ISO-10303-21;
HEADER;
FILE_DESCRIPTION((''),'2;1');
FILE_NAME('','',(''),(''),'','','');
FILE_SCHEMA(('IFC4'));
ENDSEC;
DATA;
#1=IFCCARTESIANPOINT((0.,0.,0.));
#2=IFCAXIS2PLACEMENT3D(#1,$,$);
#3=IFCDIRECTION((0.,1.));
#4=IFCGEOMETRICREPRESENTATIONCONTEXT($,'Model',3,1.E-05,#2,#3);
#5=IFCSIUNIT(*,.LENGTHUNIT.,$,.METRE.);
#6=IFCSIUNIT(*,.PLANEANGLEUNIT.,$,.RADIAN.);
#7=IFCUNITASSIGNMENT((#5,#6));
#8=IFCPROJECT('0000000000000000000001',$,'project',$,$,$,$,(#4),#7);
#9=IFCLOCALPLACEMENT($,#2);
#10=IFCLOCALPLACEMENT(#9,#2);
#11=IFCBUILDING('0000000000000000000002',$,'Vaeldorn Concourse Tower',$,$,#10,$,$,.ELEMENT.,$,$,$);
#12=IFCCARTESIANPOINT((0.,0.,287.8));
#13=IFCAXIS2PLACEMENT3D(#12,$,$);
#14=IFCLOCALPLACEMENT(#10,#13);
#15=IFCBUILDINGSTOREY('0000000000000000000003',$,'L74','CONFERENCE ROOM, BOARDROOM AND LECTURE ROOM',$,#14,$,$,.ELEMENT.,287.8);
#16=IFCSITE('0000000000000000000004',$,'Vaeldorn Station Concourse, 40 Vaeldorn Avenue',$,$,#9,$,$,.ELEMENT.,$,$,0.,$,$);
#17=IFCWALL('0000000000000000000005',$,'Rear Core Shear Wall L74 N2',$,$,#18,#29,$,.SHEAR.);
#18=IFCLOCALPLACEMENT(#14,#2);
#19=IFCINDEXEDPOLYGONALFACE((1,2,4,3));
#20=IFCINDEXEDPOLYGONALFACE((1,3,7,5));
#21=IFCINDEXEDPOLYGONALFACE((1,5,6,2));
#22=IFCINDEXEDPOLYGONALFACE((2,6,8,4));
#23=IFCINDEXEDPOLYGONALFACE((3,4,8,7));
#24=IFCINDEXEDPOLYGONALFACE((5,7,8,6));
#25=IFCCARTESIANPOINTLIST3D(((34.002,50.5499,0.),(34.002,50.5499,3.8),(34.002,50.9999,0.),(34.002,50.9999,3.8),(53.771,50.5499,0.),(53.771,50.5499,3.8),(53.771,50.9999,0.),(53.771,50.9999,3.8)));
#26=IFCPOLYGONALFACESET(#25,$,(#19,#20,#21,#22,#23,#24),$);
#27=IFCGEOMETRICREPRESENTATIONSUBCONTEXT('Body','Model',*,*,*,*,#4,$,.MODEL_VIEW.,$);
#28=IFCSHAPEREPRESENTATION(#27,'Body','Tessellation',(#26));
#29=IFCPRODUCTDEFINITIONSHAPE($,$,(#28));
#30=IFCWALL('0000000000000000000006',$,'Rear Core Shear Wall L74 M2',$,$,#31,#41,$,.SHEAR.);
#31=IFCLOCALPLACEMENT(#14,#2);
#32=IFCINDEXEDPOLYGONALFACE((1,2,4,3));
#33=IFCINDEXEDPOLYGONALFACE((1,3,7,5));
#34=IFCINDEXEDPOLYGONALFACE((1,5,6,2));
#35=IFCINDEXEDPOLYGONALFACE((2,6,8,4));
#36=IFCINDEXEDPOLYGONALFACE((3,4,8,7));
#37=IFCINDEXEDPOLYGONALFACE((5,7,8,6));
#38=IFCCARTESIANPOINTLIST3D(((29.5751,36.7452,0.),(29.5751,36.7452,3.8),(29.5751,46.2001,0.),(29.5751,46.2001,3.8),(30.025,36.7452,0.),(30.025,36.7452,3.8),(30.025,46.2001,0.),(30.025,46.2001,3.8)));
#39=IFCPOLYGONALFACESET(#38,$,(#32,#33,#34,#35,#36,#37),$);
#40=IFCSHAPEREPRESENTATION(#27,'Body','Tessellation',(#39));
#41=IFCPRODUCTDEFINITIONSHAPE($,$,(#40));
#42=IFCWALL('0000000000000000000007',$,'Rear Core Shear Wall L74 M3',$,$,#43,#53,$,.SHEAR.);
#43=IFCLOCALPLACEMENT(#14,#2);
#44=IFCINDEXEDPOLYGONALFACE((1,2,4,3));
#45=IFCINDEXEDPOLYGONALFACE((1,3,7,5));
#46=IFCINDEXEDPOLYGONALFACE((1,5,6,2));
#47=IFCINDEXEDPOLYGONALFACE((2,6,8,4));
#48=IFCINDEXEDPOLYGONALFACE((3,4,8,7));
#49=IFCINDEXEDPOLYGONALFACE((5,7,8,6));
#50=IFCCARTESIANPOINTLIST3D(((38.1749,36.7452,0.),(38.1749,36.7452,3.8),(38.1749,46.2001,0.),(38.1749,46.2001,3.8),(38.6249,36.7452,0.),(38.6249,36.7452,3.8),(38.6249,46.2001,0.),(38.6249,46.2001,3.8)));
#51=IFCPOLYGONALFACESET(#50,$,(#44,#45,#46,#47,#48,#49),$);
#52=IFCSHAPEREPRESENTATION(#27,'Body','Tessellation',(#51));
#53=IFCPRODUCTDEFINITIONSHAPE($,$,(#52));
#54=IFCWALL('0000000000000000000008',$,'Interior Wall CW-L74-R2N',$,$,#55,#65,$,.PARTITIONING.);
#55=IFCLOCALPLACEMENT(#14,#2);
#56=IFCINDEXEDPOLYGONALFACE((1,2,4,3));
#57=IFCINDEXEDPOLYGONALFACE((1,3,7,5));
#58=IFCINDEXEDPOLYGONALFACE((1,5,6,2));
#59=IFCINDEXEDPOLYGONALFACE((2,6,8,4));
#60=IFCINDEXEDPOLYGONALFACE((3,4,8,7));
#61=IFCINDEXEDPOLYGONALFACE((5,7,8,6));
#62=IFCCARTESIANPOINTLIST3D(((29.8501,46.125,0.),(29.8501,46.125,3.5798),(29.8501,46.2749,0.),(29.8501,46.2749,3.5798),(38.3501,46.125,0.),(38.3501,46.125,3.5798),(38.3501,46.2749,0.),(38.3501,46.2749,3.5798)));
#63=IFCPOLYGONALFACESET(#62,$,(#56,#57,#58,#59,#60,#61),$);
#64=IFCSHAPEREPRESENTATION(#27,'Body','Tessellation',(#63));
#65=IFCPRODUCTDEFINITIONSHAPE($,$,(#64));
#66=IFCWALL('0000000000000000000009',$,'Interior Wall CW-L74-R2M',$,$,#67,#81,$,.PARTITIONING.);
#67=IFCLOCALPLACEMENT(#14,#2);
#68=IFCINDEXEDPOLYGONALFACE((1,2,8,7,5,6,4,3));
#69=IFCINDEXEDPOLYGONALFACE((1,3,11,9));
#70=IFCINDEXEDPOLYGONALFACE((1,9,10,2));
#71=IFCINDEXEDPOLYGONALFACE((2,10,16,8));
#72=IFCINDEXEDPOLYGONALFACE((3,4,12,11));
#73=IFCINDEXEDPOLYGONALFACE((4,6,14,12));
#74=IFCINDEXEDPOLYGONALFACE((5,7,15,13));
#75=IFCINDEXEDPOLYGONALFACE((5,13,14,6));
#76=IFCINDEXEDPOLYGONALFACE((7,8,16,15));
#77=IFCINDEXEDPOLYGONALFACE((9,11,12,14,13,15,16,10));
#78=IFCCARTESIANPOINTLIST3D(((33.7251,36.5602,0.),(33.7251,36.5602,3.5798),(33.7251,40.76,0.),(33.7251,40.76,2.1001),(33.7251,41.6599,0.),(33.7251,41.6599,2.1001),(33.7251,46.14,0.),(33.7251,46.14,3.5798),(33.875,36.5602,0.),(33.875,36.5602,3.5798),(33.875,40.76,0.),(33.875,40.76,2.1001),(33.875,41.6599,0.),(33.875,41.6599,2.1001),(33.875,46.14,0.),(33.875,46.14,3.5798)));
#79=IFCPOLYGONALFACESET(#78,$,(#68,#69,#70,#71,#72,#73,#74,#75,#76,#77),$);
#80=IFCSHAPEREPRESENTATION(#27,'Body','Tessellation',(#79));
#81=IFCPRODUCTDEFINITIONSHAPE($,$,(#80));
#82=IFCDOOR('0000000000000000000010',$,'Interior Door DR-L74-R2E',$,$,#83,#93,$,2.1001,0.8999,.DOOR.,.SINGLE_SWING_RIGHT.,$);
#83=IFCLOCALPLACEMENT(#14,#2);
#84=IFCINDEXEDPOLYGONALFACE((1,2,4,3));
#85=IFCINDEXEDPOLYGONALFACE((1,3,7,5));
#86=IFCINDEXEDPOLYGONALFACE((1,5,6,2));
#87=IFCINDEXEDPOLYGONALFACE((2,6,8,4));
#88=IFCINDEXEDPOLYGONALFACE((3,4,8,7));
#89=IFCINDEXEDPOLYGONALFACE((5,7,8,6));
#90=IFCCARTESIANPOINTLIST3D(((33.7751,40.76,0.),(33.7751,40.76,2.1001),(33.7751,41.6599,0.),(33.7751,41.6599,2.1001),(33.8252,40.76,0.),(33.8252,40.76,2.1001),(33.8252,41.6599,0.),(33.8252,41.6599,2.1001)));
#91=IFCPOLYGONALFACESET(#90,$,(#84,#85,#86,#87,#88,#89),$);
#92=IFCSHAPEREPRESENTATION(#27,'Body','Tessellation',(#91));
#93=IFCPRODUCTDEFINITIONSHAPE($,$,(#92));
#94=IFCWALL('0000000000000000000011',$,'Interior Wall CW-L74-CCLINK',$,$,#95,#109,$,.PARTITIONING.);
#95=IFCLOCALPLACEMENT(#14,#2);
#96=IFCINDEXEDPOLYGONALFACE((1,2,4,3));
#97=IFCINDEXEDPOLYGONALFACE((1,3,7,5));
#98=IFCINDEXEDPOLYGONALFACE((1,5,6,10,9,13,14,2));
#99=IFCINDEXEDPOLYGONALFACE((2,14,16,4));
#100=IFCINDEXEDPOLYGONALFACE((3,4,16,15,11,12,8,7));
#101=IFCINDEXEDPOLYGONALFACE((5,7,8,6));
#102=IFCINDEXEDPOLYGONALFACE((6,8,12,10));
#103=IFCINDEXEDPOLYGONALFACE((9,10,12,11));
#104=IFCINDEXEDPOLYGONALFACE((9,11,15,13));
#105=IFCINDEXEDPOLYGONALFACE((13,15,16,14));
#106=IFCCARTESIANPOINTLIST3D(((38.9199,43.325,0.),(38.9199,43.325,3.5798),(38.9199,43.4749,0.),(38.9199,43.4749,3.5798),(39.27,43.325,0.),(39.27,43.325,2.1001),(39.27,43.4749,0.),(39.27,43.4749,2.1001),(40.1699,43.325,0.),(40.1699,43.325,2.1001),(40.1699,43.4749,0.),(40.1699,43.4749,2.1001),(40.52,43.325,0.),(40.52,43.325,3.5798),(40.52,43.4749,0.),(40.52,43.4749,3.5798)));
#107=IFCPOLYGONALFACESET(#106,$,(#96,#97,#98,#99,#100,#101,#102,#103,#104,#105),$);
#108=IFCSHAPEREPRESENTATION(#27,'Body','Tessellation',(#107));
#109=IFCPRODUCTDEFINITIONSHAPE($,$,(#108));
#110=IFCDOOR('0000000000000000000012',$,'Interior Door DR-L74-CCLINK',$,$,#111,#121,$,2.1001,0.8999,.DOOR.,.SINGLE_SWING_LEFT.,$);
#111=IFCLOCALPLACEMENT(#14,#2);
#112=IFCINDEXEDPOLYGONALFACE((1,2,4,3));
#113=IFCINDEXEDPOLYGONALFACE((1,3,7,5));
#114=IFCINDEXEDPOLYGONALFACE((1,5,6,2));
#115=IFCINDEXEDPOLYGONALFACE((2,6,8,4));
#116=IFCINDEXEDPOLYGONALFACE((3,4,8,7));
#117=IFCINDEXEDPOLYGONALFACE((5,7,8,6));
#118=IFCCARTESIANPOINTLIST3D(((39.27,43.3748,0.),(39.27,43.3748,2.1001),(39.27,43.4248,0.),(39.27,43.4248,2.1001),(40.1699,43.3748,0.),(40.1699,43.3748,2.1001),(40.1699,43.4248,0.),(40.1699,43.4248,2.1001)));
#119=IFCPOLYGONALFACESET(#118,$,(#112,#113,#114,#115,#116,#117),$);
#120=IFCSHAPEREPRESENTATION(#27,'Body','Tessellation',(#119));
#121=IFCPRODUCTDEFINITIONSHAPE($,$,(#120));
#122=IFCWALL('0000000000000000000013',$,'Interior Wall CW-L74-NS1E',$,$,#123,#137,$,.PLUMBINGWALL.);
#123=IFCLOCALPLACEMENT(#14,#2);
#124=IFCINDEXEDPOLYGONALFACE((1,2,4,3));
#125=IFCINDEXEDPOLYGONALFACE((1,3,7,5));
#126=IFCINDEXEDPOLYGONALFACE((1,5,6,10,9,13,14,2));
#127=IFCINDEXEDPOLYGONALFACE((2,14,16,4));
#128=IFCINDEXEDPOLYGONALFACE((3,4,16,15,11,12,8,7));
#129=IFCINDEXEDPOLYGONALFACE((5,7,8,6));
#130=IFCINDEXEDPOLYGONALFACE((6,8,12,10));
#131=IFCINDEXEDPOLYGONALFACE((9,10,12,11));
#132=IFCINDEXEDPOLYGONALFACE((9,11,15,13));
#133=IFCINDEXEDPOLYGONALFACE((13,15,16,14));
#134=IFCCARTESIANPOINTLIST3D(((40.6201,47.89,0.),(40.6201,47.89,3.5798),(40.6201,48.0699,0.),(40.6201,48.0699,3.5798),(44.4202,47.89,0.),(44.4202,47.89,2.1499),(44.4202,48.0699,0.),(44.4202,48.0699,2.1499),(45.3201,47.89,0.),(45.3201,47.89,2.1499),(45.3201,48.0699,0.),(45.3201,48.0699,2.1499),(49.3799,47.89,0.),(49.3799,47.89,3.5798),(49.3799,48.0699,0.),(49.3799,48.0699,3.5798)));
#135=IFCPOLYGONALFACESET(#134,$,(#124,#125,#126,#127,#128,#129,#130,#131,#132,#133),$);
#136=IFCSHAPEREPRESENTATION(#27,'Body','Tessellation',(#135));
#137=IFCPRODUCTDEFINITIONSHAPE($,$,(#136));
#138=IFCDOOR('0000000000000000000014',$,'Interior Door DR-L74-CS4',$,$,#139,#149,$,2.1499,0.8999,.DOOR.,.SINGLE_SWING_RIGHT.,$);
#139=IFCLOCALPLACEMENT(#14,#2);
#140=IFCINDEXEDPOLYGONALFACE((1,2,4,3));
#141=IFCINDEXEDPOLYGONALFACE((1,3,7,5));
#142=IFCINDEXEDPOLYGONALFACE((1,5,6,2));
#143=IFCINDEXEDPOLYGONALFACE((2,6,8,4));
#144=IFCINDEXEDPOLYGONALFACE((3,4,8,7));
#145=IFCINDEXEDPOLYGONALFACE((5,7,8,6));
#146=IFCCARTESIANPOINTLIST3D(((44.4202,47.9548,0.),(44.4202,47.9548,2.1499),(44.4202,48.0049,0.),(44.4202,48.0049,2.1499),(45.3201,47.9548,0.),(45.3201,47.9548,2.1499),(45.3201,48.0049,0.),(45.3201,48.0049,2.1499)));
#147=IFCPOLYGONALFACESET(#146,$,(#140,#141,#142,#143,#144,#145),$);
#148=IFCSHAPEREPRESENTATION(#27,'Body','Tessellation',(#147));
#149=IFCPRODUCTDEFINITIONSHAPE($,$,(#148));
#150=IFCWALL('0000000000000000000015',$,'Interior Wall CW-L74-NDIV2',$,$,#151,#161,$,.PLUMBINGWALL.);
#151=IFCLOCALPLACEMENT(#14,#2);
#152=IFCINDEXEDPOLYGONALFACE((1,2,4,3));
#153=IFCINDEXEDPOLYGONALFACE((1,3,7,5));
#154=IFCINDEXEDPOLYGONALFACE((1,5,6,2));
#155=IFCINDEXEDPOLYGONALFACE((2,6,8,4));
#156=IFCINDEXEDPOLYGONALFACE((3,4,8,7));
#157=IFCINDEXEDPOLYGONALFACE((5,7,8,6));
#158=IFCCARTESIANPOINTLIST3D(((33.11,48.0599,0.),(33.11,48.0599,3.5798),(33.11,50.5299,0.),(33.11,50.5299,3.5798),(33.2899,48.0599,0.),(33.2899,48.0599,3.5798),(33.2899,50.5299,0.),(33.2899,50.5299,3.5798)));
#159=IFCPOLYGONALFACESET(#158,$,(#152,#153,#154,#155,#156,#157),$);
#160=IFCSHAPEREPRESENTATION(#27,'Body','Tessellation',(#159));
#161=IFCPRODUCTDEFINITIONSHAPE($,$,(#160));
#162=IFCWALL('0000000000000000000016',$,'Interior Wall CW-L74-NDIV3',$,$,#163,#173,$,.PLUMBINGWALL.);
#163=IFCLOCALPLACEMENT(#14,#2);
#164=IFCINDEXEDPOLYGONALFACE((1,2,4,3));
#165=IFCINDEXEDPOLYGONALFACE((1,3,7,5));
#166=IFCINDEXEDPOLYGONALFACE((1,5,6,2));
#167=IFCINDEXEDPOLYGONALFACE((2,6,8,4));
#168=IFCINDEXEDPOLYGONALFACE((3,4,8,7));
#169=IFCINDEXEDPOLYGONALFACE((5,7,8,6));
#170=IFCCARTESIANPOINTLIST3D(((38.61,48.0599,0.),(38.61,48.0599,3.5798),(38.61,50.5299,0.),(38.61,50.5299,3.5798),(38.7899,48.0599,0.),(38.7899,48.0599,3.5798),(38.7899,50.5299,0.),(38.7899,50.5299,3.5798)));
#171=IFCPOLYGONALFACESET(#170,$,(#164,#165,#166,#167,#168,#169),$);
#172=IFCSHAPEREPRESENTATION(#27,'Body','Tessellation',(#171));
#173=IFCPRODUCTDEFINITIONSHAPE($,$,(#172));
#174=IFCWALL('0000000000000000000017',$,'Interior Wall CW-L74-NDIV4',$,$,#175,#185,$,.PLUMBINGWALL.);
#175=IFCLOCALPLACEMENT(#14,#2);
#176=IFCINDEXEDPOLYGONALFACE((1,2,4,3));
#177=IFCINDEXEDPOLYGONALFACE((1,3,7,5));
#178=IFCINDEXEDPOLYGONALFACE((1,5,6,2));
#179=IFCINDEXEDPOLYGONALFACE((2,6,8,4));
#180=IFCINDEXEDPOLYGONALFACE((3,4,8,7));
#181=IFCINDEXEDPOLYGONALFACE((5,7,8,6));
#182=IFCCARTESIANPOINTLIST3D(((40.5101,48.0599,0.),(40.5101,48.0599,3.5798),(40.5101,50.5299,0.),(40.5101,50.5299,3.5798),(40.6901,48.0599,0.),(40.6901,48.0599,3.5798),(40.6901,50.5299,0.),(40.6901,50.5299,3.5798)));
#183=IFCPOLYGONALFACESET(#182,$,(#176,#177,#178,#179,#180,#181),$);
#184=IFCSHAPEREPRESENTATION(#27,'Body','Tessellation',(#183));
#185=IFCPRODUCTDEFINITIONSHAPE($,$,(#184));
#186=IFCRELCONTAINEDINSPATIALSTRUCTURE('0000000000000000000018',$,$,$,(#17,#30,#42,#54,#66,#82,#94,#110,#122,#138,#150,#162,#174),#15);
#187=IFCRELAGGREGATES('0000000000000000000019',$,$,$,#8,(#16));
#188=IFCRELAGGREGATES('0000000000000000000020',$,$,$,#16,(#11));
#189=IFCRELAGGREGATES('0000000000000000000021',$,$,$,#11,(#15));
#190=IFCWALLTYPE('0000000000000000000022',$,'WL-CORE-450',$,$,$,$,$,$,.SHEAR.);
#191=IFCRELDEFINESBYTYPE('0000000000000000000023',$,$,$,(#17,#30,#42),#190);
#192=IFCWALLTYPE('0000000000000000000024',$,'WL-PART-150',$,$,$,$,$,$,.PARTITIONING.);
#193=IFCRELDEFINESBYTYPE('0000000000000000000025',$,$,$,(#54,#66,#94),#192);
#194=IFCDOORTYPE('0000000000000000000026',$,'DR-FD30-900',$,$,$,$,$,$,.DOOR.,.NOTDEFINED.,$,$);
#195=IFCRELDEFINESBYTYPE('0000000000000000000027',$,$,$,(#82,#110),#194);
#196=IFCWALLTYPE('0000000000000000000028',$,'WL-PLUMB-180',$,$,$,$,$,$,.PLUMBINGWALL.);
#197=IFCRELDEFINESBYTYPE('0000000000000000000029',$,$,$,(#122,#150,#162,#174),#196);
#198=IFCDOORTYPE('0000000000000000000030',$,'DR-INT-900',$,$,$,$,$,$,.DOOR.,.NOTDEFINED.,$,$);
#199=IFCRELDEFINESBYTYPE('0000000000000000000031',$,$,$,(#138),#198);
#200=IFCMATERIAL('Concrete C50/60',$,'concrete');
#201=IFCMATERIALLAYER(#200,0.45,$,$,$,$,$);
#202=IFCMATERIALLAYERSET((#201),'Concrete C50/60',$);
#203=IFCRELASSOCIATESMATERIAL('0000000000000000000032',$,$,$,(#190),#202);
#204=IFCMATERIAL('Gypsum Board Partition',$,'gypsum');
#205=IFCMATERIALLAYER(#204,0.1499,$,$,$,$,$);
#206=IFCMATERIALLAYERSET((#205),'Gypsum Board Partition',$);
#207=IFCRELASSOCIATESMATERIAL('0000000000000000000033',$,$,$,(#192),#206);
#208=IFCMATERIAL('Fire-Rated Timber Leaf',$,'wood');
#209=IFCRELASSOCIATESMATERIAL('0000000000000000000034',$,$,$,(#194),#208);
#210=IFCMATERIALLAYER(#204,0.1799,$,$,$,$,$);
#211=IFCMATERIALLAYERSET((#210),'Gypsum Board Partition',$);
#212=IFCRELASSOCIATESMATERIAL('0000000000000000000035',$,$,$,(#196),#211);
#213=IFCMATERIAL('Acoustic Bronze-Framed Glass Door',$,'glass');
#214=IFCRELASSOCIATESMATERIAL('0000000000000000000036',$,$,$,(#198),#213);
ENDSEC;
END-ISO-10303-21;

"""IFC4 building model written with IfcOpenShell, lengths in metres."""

from ifc_helpers import new_model, si_unit, direction, frame, frame_2d, origin, place, context, subcontext, project, spatial, rectangle, extrude, source, transform, mapped, material, layer, layer_set, type_object, element, fill, save


model = new_model("IFC4")

# Units and contexts
model_context = context("Model", 3, precision=1e-05, world=origin(), true_north=direction((0.0, 1.0)))
body_context = subcontext(model_context, "Body", "Model", "MODEL_VIEW")
ifc_project = project(units=[si_unit("LENGTHUNIT", "METRE"), si_unit("PLANEANGLEUNIT", "RADIAN")], contexts=[model_context])

# Site, building, storey
site_placement = place(None, origin())
site = spatial("IfcSite", under=ifc_project, at=site_placement, Name="Vaeldorn Station Concourse, 40 Vaeldorn Avenue", CompositionType="ELEMENT", RefElevation=0.0)
building_placement = place(site_placement, origin())
building = spatial("IfcBuilding", under=site, at=building_placement, Name="Vaeldorn Concourse Tower", CompositionType="ELEMENT")
storey_placement = place(building_placement, frame((0.0, 0.0, 287.8)))
storey = spatial("IfcBuildingStorey", under=building, at=storey_placement, Name="L74", Description="CONFERENCE ROOM, BOARDROOM AND LECTURE ROOM", CompositionType="ELEMENT", Elevation=287.8)

# Walls
ifc_material_1 = material(Name="Concrete C50/60", Category="concrete")
ifc_layer_1 = layer(ifc_material_1, 0.45)
ifc_layer_set_1 = layer_set([ifc_layer_1], Name="Concrete C50/60")
wall_type_1 = type_object("IfcWallType", Name="WL-CORE-450", PredefinedType="SHEAR", material=ifc_layer_set_1)
wall_1_placement = place(storey_placement, frame((34.002, 50.7749, 0.0), z_axis=(0.0, 0.0, 1.0), x_axis=(1.0, 0.0, 0.0)))
element("IfcWall", 1, at=wall_1_placement, inside=storey, type_object=wall_type_1, Name="Rear Core Shear Wall L74 N2", PredefinedType="SHEAR", context=body_context, shape_type="SweptSolid", body=[
    extrude(rectangle(XDim=19.769, YDim=0.45, at=frame_2d((9.8845, 0.0))), origin(), (0.0, 0.0, 1.0), 3.8),
])
for number, where, z_axis, x_axis, name in (
    (2, (29.8, 36.7451, 0.0), (0.0, 0.0, 1.0), (0.0, 1.0, 0.0), "Rear Core Shear Wall L74 M2"),
    (3, (38.3999, 36.7451, 0.0), (0.0, 0.0, 1.0), (0.0, 1.0, 0.0), "Rear Core Shear Wall L74 M3"),
):
    element("IfcWall", number, at=place(storey_placement, frame(where, z_axis=z_axis, x_axis=x_axis)), inside=storey, type_object=wall_type_1, Name=name, PredefinedType="SHEAR", context=body_context, shape_type="SweptSolid", body=[
        extrude(rectangle(XDim=9.4548, YDim=0.45, at=frame_2d((4.7275, 0.0))), origin(), (0.0, 0.0, 1.0), 3.8),
    ])
ifc_material_2 = material(Name="Gypsum Board Partition", Category="gypsum")
ifc_layer_2 = layer(ifc_material_2, 0.1499)
ifc_layer_set_2 = layer_set([ifc_layer_2], Name="Gypsum Board Partition")
wall_type_2 = type_object("IfcWallType", Name="WL-PART-150", PredefinedType="PARTITIONING", material=ifc_layer_set_2)
wall_2_placement = place(storey_placement, frame((29.8501, 46.2, 0.0), z_axis=(0.0, 0.0, 1.0), x_axis=(1.0, 0.0, 0.0)))
element("IfcWall", 4, at=wall_2_placement, inside=storey, type_object=wall_type_2, Name="Interior Wall CW-L74-R2N", PredefinedType="PARTITIONING", context=body_context, shape_type="SweptSolid", body=[
    extrude(rectangle(XDim=8.5, YDim=0.1499, at=frame_2d((4.25, 0.0))), origin(), (0.0, 0.0, 1.0), 3.5798),
])

# Walls, openings, doors
wall_3_placement = place(storey_placement, frame((33.8, 36.5601, 0.0), z_axis=(0.0, 0.0, 1.0), x_axis=(0.0, 1.0, 0.0)))
wall_3 = element("IfcWall", 5, at=wall_3_placement, inside=storey, type_object=wall_type_2, Name="Interior Wall CW-L74-R2M", PredefinedType="PARTITIONING", context=body_context, shape_type="SweptSolid", body=[
    extrude(rectangle(XDim=9.5798, YDim=0.1499, at=frame_2d((4.79, 0.0))), origin(), (0.0, 0.0, 1.0), 3.5798),
])
opening_1_placement = place(wall_3_placement, frame((4.2, 0.0, 0.0)))
opening_1 = element("IfcOpeningElement", 6, at=opening_1_placement, cuts=wall_3, PredefinedType="OPENING", context=body_context, shape_type="SweptSolid", body=[
    extrude(rectangle(XDim=0.8999, YDim=2.1001, at=frame_2d((0.45, 1.05))), frame((0.0, 0.085, 0.0), z_axis=(0.0, -1.0, 0.0), x_axis=(1.0, 0.0, 0.0)), (0.0, 0.0, 1.0), 0.1699),
])
ifc_material_3 = material(Name="Fire-Rated Timber Leaf", Category="wood")
door_type_1 = type_object("IfcDoorType", Name="DR-FD30-900", OperationType="NOTDEFINED", PredefinedType="DOOR", material=ifc_material_3)
shared_shape_1 = source(origin(), body_context, "Body", "SweptSolid", [
    extrude(rectangle(XDim=0.8999, YDim=2.1001, at=frame_2d((0.45, 1.05))), frame((0.0, 0.0249, 0.0), z_axis=(0.0, -1.0, 0.0), x_axis=(1.0, 0.0, 0.0)), (0.0, 0.0, 1.0), 0.05),
])
door_1_placement = place(opening_1_placement, origin())
door_1 = element("IfcDoor", 7, at=door_1_placement, inside=storey, type_object=door_type_1, Name="Interior Door DR-L74-R2E", OperationType="SINGLE_SWING_RIGHT", OverallHeight=2.1001, OverallWidth=0.8999, PredefinedType="DOOR", context=body_context, shape_type="MappedRepresentation", body=[
    mapped(shared_shape_1, transform((0.0, 0.0, 0.0), scale=1.0)),
])
fill(opening_1, door_1)
wall_4_placement = place(storey_placement, frame((38.9199, 43.3999, 0.0), z_axis=(0.0, 0.0, 1.0), x_axis=(1.0, 0.0, 0.0)))
wall_4 = element("IfcWall", 8, at=wall_4_placement, inside=storey, type_object=wall_type_2, Name="Interior Wall CW-L74-CCLINK", PredefinedType="PARTITIONING", context=body_context, shape_type="SweptSolid", body=[
    extrude(rectangle(XDim=1.6001, YDim=0.1499, at=frame_2d((0.8, 0.0))), origin(), (0.0, 0.0, 1.0), 3.5798),
])
opening_2_placement = place(wall_4_placement, frame((0.3501, 0.0, 0.0)))
opening_2 = element("IfcOpeningElement", 9, at=opening_2_placement, cuts=wall_4, PredefinedType="OPENING", context=body_context, shape_type="SweptSolid", body=[
    extrude(rectangle(XDim=0.8999, YDim=2.1001, at=frame_2d((0.45, 1.05))), frame((0.0, 0.085, 0.0), z_axis=(0.0, -1.0, 0.0), x_axis=(1.0, 0.0, 0.0)), (0.0, 0.0, 1.0), 0.1699),
])
door_2_placement = place(opening_2_placement, origin())
door_2 = element("IfcDoor", 10, at=door_2_placement, inside=storey, type_object=door_type_1, Name="Interior Door DR-L74-CCLINK", OperationType="SINGLE_SWING_LEFT", OverallHeight=2.1001, OverallWidth=0.8999, PredefinedType="DOOR", context=body_context, shape_type="MappedRepresentation", body=[
    mapped(shared_shape_1, transform((0.0, 0.0, 0.0), scale=1.0)),
])
fill(opening_2, door_2)
ifc_layer_3 = layer(ifc_material_2, 0.1799)
ifc_layer_set_3 = layer_set([ifc_layer_3], Name="Gypsum Board Partition")
wall_type_3 = type_object("IfcWallType", Name="WL-PLUMB-180", PredefinedType="PLUMBINGWALL", material=ifc_layer_set_3)
wall_5_placement = place(storey_placement, frame((40.6201, 47.98, 0.0), z_axis=(0.0, 0.0, 1.0), x_axis=(1.0, 0.0, 0.0)))
wall_5 = element("IfcWall", 11, at=wall_5_placement, inside=storey, type_object=wall_type_3, Name="Interior Wall CW-L74-NS1E", PredefinedType="PLUMBINGWALL", context=body_context, shape_type="SweptSolid", body=[
    extrude(rectangle(XDim=8.7598, YDim=0.1799, at=frame_2d((4.3799, 0.0))), origin(), (0.0, 0.0, 1.0), 3.5798),
])
opening_3_placement = place(wall_5_placement, frame((3.8, 0.0, 0.0)))
opening_3 = element("IfcOpeningElement", 12, at=opening_3_placement, cuts=wall_5, PredefinedType="OPENING", context=body_context, shape_type="SweptSolid", body=[
    extrude(rectangle(XDim=0.8999, YDim=2.1499, at=frame_2d((0.45, 1.075))), frame((0.0, 0.1001, 0.0), z_axis=(0.0, -1.0, 0.0), x_axis=(1.0, 0.0, 0.0)), (0.0, 0.0, 1.0), 0.2),
])
ifc_material_4 = material(Name="Acoustic Bronze-Framed Glass Door", Category="glass")
door_type_2 = type_object("IfcDoorType", Name="DR-INT-900", OperationType="NOTDEFINED", PredefinedType="DOOR", material=ifc_material_4)
shared_shape_2 = source(origin(), body_context, "Body", "SweptSolid", [
    extrude(rectangle(XDim=0.8999, YDim=2.1499, at=frame_2d((0.45, 1.075))), frame((0.0, 0.0249, 0.0), z_axis=(0.0, -1.0, 0.0), x_axis=(1.0, 0.0, 0.0)), (0.0, 0.0, 1.0), 0.05),
])
door_3_placement = place(opening_3_placement, origin())
door_3 = element("IfcDoor", 13, at=door_3_placement, inside=storey, type_object=door_type_2, Name="Interior Door DR-L74-CS4", OperationType="SINGLE_SWING_RIGHT", OverallHeight=2.1499, OverallWidth=0.8999, PredefinedType="DOOR", context=body_context, shape_type="MappedRepresentation", body=[
    mapped(shared_shape_2, transform((0.0, 0.0, 0.0), scale=1.0)),
])
fill(opening_3, door_3)

# Walls
for number, where, z_axis, x_axis, name in (
    (14, (33.2, 48.0601, 0.0), (0.0, 0.0, 1.0), (0.0, 1.0, 0.0), "Interior Wall CW-L74-NDIV2"),
    (15, (38.7, 48.0601, 0.0), (0.0, 0.0, 1.0), (0.0, 1.0, 0.0), "Interior Wall CW-L74-NDIV3"),
    (16, (40.6001, 48.0601, 0.0), (0.0, 0.0, 1.0), (0.0, 1.0, 0.0), "Interior Wall CW-L74-NDIV4"),
):
    element("IfcWall", number, at=place(storey_placement, frame(where, z_axis=z_axis, x_axis=x_axis)), inside=storey, type_object=wall_type_3, Name=name, PredefinedType="PLUMBINGWALL", context=body_context, shape_type="SweptSolid", body=[
        extrude(rectangle(XDim=2.47, YDim=0.1799, at=frame_2d((1.2349, 0.0))), origin(), (0.0, 0.0, 1.0), 3.5798),
    ])

save(model, "model.ifc")
